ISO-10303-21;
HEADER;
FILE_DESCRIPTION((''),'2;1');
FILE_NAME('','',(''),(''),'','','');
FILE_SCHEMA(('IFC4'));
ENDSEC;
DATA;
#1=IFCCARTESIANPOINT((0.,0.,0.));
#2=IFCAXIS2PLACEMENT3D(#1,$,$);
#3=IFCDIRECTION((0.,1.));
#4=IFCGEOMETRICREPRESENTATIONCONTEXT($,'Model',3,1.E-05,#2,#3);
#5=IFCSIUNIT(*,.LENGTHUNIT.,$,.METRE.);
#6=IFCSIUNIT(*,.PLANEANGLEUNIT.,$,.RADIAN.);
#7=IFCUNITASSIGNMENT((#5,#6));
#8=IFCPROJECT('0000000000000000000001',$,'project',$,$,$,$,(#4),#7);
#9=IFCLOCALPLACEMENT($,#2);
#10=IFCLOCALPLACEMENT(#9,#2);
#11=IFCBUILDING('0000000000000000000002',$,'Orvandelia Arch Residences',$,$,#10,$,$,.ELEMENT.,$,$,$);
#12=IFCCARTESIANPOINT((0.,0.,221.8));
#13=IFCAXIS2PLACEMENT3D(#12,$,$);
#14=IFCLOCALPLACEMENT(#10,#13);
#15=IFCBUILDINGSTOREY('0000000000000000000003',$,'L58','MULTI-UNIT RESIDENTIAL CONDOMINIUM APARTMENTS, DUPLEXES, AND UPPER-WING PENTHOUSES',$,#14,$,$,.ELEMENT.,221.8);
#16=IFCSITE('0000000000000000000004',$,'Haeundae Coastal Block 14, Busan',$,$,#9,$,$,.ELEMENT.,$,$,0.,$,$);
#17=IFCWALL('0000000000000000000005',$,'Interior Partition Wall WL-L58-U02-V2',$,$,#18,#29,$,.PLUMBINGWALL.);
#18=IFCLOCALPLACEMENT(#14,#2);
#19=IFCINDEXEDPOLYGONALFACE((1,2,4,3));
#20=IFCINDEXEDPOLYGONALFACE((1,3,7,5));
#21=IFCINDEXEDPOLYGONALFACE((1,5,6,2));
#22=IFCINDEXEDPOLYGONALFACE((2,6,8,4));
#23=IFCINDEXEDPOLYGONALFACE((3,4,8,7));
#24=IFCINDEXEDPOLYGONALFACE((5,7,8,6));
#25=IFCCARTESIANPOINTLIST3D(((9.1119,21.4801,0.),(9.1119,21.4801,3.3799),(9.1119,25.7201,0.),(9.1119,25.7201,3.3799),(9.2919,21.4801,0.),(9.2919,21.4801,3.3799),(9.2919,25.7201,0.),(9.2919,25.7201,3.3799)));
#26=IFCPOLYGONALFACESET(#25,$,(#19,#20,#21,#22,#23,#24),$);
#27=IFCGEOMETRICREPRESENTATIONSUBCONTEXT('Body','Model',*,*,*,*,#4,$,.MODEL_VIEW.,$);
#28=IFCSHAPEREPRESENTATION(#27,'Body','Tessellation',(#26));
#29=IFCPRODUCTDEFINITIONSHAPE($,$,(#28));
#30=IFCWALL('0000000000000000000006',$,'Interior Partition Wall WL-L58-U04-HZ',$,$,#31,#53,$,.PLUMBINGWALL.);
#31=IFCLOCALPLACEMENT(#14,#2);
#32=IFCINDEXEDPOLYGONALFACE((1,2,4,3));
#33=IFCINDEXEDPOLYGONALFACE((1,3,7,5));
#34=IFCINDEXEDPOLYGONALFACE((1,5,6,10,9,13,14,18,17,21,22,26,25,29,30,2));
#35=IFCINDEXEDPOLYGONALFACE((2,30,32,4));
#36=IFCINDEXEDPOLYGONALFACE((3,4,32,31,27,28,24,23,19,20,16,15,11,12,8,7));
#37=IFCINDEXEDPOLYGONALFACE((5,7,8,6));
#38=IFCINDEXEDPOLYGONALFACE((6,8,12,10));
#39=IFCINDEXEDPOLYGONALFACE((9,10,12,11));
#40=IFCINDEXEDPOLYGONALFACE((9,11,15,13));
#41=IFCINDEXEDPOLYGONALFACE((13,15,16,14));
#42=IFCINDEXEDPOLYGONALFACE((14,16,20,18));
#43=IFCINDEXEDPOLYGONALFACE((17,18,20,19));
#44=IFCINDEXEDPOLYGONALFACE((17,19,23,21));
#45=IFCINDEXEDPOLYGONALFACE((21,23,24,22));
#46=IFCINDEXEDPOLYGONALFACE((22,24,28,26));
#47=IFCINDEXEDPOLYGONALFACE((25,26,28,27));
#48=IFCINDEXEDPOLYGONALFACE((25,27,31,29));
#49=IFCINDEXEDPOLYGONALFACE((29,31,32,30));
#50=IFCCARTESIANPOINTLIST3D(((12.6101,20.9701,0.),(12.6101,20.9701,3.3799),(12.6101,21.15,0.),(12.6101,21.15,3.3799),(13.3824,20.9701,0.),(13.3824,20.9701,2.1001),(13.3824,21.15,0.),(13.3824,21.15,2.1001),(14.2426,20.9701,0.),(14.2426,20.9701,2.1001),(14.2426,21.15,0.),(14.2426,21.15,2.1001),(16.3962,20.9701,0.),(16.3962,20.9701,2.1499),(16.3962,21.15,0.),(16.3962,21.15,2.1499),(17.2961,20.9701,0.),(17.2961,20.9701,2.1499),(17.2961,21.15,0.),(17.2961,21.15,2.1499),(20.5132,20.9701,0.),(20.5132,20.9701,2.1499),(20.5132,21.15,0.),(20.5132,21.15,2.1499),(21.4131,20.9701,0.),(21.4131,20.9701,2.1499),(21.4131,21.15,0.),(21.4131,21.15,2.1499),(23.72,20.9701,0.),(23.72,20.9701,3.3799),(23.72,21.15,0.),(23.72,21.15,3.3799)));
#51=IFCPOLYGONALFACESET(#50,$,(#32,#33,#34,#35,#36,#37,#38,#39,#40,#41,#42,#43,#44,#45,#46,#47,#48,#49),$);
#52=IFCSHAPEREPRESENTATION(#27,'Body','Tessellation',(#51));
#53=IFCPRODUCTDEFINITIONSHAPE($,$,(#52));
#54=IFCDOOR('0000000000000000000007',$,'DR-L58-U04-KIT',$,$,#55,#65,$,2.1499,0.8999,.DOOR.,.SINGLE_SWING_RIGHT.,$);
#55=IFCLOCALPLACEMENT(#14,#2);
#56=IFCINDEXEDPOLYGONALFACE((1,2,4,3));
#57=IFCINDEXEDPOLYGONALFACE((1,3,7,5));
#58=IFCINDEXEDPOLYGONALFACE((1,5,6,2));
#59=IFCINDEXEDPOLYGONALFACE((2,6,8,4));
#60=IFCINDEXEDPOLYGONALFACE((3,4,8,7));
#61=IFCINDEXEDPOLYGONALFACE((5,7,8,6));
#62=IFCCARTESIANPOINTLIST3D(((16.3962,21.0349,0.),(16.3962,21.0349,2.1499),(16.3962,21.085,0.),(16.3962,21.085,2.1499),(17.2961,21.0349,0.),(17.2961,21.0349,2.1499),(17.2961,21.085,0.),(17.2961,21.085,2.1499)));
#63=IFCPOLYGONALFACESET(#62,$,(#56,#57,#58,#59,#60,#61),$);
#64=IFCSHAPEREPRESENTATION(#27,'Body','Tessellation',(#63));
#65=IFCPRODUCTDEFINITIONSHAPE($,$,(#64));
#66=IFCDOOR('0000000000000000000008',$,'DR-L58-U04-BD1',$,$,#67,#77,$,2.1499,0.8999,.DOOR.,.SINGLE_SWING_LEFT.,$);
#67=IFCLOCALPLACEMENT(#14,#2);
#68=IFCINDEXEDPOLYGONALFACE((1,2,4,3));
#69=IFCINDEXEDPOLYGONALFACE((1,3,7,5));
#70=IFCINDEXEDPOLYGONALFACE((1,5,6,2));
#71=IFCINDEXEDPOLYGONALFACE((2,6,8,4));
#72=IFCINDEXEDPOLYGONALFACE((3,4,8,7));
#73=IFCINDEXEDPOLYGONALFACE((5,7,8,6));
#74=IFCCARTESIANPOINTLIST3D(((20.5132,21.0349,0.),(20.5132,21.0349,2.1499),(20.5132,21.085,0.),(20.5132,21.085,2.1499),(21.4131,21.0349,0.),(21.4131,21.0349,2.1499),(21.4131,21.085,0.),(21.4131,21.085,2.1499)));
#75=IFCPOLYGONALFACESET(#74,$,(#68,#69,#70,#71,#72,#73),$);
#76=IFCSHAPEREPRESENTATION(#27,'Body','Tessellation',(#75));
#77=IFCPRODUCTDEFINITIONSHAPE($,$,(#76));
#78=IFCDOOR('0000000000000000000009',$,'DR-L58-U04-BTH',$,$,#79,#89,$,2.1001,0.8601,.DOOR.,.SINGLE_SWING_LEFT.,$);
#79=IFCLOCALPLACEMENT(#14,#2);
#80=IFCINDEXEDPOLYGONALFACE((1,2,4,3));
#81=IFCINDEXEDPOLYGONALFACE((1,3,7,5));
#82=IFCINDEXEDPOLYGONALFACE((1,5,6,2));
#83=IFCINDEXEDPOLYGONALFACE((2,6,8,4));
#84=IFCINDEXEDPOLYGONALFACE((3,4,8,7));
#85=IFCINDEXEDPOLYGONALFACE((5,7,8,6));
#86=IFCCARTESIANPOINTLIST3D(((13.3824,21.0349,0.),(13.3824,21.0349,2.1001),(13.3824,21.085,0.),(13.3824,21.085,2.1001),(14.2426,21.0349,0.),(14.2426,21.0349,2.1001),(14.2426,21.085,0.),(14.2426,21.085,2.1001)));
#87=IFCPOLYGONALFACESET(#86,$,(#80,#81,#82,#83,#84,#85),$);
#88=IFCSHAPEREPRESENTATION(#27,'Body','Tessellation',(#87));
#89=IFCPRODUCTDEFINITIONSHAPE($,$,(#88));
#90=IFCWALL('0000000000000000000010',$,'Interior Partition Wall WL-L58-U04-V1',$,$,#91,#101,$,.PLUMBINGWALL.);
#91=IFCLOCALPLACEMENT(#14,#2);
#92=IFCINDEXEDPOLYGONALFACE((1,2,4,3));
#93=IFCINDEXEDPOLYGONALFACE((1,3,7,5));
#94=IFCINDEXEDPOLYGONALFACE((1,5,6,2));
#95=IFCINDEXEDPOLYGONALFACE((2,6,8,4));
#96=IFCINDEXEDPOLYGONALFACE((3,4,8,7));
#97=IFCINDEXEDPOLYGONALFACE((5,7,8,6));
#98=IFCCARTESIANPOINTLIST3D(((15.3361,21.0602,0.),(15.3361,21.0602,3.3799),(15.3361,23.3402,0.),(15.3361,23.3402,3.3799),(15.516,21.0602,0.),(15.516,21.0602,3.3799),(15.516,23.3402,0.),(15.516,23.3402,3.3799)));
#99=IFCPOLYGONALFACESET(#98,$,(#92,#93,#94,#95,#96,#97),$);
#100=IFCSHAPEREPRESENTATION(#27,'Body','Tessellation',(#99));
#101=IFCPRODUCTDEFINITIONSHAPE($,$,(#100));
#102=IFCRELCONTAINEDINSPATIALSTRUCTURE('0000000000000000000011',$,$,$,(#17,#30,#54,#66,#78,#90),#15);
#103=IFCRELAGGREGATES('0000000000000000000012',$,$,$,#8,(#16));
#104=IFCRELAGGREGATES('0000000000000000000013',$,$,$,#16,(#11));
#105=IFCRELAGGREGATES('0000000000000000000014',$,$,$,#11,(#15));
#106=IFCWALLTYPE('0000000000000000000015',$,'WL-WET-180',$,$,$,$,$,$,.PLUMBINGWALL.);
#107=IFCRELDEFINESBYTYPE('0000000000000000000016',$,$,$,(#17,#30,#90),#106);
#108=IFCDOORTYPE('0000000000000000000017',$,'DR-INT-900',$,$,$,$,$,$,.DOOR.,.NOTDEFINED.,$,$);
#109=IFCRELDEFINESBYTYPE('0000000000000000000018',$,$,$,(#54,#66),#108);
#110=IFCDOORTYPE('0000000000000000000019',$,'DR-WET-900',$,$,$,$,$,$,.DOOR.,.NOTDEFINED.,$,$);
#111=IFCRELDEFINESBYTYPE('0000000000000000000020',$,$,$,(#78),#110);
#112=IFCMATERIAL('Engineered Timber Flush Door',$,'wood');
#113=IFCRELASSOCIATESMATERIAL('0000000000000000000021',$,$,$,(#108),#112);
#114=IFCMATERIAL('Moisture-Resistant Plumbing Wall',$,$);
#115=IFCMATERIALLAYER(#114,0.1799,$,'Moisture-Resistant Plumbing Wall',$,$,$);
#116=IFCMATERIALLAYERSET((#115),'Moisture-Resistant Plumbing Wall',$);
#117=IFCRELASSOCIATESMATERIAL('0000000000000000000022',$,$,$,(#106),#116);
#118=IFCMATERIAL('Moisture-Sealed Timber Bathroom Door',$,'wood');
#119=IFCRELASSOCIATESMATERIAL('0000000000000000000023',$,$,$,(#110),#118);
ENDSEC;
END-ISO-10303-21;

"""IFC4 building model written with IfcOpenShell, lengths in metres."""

from ifc_helpers import new_model, si_unit, direction, frame, frame_2d, origin, place, context, subcontext, project, spatial, rectangle, extrude, material, layer, layer_set, type_object, element, fill, save


model = new_model("IFC4")

# Units and contexts
model_context = context("Model", 3, precision=1e-05, world=origin(), true_north=direction((0.0, 1.0)))
body_context = subcontext(model_context, "Body", "Model", "MODEL_VIEW")
ifc_project = project(units=[si_unit("LENGTHUNIT", "METRE"), si_unit("PLANEANGLEUNIT", "RADIAN")], contexts=[model_context])

# Site, building, storey
site_placement = place(None, origin())
site = spatial("IfcSite", under=ifc_project, at=site_placement, Name="Haeundae Coastal Block 14, Busan", CompositionType="ELEMENT", RefElevation=0.0)
building_placement = place(site_placement, origin())
building = spatial("IfcBuilding", under=site, at=building_placement, Name="Orvandelia Arch Residences", CompositionType="ELEMENT")
storey_placement = place(building_placement, frame((0.0, 0.0, 221.8)))
storey = spatial("IfcBuildingStorey", under=building, at=storey_placement, Name="L58", Description="MULTI-UNIT RESIDENTIAL CONDOMINIUM APARTMENTS, DUPLEXES, AND UPPER-WING PENTHOUSES", CompositionType="ELEMENT", Elevation=221.8)

# Shared definitions
ifc_material_1 = material(Name="Engineered Timber Flush Door", Category="wood")
door_type_1 = type_object("IfcDoorType", Name="DR-INT-900", OperationType="NOTDEFINED", PredefinedType="DOOR", material=ifc_material_1)

# Shared definitions
ifc_material_2 = material(Name="Moisture-Resistant Plumbing Wall")
ifc_layer_1 = layer(ifc_material_2, 0.1799, Name="Moisture-Resistant Plumbing Wall")
ifc_layer_set_1 = layer_set([ifc_layer_1], Name="Moisture-Resistant Plumbing Wall")
wall_type_1 = type_object("IfcWallType", Name="WL-WET-180", PredefinedType="PLUMBINGWALL", material=ifc_layer_set_1)
ifc_material_3 = material(Name="Moisture-Sealed Timber Bathroom Door", Category="wood")
door_type_2 = type_object("IfcDoorType", Name="DR-WET-900", OperationType="NOTDEFINED", PredefinedType="DOOR", material=ifc_material_3)

# Wall
wall_1_placement = place(storey_placement, frame((9.2019, 21.48, 0.0), z_axis=(0.0, 0.0, 1.0), x_axis=(0.0, 1.0, 0.0)))
element("IfcWall", 1, at=wall_1_placement, inside=storey, type_object=wall_type_1, Name="Interior Partition Wall WL-L58-U02-V2", PredefinedType="PLUMBINGWALL", context=body_context, shape_type="SweptSolid", body=[
    extrude(rectangle(XDim=4.24, YDim=0.1799, at=frame_2d((2.1201, 0.0))), origin(), (0.0, 0.0, 1.0), 3.3799),
])

# Wall, openings, doors
wall_2_placement = place(storey_placement, frame((12.6101, 21.0601, 0.0), z_axis=(0.0, 0.0, 1.0), x_axis=(1.0, 0.0, 0.0)))
wall_2 = element("IfcWall", 2, at=wall_2_placement, inside=storey, type_object=wall_type_1, Name="Interior Partition Wall WL-L58-U04-HZ", PredefinedType="PLUMBINGWALL", context=body_context, shape_type="SweptSolid", body=[
    extrude(rectangle(XDim=11.1099, YDim=0.1799, at=frame_2d((5.5549, 0.0))), origin(), (0.0, 0.0, 1.0), 3.3799),
])
opening_1_placement = place(wall_2_placement, frame((0.7722, 0.0, 0.0)))
opening_1 = element("IfcOpeningElement", 3, at=opening_1_placement, cuts=wall_2, PredefinedType="OPENING", context=body_context, shape_type="SweptSolid", body=[
    extrude(rectangle(XDim=0.8601, YDim=2.1001, at=frame_2d((0.4302, 1.05))), frame((0.0, 0.1001, 0.0), z_axis=(0.0, -1.0, 0.0), x_axis=(1.0, 0.0, 0.0)), (0.0, 0.0, 1.0), 0.2),
])
opening_2_placement = place(wall_2_placement, frame((3.7861, 0.0, 0.0)))
opening_2 = element("IfcOpeningElement", 4, at=opening_2_placement, cuts=wall_2, PredefinedType="OPENING", context=body_context, shape_type="SweptSolid", body=[
    extrude(rectangle(XDim=0.8999, YDim=2.1499, at=frame_2d((0.45, 1.075))), frame((0.0, 0.1001, 0.0), z_axis=(0.0, -1.0, 0.0), x_axis=(1.0, 0.0, 0.0)), (0.0, 0.0, 1.0), 0.2),
])
opening_3_placement = place(wall_2_placement, frame((7.9031, 0.0, 0.0)))
opening_3 = element("IfcOpeningElement", 5, at=opening_3_placement, cuts=wall_2, PredefinedType="OPENING", context=body_context, shape_type="SweptSolid", body=[
    extrude(rectangle(XDim=0.8999, YDim=2.1499, at=frame_2d((0.45, 1.075))), frame((0.0, 0.1001, 0.0), z_axis=(0.0, -1.0, 0.0), x_axis=(1.0, 0.0, 0.0)), (0.0, 0.0, 1.0), 0.2),
])
door_1_placement = place(opening_2_placement, origin())
door_1 = element("IfcDoor", 6, at=door_1_placement, inside=storey, type_object=door_type_1, Name="DR-L58-U04-KIT", OperationType="SINGLE_SWING_RIGHT", OverallHeight=2.1499, OverallWidth=0.8999, PredefinedType="DOOR", context=body_context, shape_type="SweptSolid", body=[
    extrude(rectangle(XDim=0.8999, YDim=2.1499, at=frame_2d((0.45, 1.075))), frame((0.0, 0.0249, 0.0), z_axis=(0.0, -1.0, 0.0), x_axis=(1.0, 0.0, 0.0)), (0.0, 0.0, 1.0), 0.05),
])
fill(opening_2, door_1)
door_2_placement = place(opening_3_placement, origin())
door_2 = element("IfcDoor", 7, at=door_2_placement, inside=storey, type_object=door_type_1, Name="DR-L58-U04-BD1", OperationType="SINGLE_SWING_LEFT", OverallHeight=2.1499, OverallWidth=0.8999, PredefinedType="DOOR", context=body_context, shape_type="SweptSolid", body=[
    extrude(rectangle(XDim=0.8999, YDim=2.1499, at=frame_2d((0.45, 1.075))), frame((0.0, 0.0249, 0.0), z_axis=(0.0, -1.0, 0.0), x_axis=(1.0, 0.0, 0.0)), (0.0, 0.0, 1.0), 0.05),
])
fill(opening_3, door_2)
door_3_placement = place(opening_1_placement, origin())
door_3 = element("IfcDoor", 8, at=door_3_placement, inside=storey, type_object=door_type_2, Name="DR-L58-U04-BTH", OperationType="SINGLE_SWING_LEFT", OverallHeight=2.1001, OverallWidth=0.8601, PredefinedType="DOOR", context=body_context, shape_type="SweptSolid", body=[
    extrude(rectangle(XDim=0.8601, YDim=2.1001, at=frame_2d((0.4302, 1.05))), frame((0.0, 0.0249, 0.0), z_axis=(0.0, -1.0, 0.0), x_axis=(1.0, 0.0, 0.0)), (0.0, 0.0, 1.0), 0.05),
])
fill(opening_1, door_3)

# Wall
wall_3_placement = place(storey_placement, frame((15.426, 21.0601, 0.0), z_axis=(0.0, 0.0, 1.0), x_axis=(0.0, 1.0, 0.0)))
element("IfcWall", 9, at=wall_3_placement, inside=storey, type_object=wall_type_1, Name="Interior Partition Wall WL-L58-U04-V1", PredefinedType="PLUMBINGWALL", context=body_context, shape_type="SweptSolid", body=[
    extrude(rectangle(XDim=2.28, YDim=0.1799, at=frame_2d((1.1401, 0.0))), origin(), (0.0, 0.0, 1.0), 3.3799),
])

save(model, "model.ifc")
